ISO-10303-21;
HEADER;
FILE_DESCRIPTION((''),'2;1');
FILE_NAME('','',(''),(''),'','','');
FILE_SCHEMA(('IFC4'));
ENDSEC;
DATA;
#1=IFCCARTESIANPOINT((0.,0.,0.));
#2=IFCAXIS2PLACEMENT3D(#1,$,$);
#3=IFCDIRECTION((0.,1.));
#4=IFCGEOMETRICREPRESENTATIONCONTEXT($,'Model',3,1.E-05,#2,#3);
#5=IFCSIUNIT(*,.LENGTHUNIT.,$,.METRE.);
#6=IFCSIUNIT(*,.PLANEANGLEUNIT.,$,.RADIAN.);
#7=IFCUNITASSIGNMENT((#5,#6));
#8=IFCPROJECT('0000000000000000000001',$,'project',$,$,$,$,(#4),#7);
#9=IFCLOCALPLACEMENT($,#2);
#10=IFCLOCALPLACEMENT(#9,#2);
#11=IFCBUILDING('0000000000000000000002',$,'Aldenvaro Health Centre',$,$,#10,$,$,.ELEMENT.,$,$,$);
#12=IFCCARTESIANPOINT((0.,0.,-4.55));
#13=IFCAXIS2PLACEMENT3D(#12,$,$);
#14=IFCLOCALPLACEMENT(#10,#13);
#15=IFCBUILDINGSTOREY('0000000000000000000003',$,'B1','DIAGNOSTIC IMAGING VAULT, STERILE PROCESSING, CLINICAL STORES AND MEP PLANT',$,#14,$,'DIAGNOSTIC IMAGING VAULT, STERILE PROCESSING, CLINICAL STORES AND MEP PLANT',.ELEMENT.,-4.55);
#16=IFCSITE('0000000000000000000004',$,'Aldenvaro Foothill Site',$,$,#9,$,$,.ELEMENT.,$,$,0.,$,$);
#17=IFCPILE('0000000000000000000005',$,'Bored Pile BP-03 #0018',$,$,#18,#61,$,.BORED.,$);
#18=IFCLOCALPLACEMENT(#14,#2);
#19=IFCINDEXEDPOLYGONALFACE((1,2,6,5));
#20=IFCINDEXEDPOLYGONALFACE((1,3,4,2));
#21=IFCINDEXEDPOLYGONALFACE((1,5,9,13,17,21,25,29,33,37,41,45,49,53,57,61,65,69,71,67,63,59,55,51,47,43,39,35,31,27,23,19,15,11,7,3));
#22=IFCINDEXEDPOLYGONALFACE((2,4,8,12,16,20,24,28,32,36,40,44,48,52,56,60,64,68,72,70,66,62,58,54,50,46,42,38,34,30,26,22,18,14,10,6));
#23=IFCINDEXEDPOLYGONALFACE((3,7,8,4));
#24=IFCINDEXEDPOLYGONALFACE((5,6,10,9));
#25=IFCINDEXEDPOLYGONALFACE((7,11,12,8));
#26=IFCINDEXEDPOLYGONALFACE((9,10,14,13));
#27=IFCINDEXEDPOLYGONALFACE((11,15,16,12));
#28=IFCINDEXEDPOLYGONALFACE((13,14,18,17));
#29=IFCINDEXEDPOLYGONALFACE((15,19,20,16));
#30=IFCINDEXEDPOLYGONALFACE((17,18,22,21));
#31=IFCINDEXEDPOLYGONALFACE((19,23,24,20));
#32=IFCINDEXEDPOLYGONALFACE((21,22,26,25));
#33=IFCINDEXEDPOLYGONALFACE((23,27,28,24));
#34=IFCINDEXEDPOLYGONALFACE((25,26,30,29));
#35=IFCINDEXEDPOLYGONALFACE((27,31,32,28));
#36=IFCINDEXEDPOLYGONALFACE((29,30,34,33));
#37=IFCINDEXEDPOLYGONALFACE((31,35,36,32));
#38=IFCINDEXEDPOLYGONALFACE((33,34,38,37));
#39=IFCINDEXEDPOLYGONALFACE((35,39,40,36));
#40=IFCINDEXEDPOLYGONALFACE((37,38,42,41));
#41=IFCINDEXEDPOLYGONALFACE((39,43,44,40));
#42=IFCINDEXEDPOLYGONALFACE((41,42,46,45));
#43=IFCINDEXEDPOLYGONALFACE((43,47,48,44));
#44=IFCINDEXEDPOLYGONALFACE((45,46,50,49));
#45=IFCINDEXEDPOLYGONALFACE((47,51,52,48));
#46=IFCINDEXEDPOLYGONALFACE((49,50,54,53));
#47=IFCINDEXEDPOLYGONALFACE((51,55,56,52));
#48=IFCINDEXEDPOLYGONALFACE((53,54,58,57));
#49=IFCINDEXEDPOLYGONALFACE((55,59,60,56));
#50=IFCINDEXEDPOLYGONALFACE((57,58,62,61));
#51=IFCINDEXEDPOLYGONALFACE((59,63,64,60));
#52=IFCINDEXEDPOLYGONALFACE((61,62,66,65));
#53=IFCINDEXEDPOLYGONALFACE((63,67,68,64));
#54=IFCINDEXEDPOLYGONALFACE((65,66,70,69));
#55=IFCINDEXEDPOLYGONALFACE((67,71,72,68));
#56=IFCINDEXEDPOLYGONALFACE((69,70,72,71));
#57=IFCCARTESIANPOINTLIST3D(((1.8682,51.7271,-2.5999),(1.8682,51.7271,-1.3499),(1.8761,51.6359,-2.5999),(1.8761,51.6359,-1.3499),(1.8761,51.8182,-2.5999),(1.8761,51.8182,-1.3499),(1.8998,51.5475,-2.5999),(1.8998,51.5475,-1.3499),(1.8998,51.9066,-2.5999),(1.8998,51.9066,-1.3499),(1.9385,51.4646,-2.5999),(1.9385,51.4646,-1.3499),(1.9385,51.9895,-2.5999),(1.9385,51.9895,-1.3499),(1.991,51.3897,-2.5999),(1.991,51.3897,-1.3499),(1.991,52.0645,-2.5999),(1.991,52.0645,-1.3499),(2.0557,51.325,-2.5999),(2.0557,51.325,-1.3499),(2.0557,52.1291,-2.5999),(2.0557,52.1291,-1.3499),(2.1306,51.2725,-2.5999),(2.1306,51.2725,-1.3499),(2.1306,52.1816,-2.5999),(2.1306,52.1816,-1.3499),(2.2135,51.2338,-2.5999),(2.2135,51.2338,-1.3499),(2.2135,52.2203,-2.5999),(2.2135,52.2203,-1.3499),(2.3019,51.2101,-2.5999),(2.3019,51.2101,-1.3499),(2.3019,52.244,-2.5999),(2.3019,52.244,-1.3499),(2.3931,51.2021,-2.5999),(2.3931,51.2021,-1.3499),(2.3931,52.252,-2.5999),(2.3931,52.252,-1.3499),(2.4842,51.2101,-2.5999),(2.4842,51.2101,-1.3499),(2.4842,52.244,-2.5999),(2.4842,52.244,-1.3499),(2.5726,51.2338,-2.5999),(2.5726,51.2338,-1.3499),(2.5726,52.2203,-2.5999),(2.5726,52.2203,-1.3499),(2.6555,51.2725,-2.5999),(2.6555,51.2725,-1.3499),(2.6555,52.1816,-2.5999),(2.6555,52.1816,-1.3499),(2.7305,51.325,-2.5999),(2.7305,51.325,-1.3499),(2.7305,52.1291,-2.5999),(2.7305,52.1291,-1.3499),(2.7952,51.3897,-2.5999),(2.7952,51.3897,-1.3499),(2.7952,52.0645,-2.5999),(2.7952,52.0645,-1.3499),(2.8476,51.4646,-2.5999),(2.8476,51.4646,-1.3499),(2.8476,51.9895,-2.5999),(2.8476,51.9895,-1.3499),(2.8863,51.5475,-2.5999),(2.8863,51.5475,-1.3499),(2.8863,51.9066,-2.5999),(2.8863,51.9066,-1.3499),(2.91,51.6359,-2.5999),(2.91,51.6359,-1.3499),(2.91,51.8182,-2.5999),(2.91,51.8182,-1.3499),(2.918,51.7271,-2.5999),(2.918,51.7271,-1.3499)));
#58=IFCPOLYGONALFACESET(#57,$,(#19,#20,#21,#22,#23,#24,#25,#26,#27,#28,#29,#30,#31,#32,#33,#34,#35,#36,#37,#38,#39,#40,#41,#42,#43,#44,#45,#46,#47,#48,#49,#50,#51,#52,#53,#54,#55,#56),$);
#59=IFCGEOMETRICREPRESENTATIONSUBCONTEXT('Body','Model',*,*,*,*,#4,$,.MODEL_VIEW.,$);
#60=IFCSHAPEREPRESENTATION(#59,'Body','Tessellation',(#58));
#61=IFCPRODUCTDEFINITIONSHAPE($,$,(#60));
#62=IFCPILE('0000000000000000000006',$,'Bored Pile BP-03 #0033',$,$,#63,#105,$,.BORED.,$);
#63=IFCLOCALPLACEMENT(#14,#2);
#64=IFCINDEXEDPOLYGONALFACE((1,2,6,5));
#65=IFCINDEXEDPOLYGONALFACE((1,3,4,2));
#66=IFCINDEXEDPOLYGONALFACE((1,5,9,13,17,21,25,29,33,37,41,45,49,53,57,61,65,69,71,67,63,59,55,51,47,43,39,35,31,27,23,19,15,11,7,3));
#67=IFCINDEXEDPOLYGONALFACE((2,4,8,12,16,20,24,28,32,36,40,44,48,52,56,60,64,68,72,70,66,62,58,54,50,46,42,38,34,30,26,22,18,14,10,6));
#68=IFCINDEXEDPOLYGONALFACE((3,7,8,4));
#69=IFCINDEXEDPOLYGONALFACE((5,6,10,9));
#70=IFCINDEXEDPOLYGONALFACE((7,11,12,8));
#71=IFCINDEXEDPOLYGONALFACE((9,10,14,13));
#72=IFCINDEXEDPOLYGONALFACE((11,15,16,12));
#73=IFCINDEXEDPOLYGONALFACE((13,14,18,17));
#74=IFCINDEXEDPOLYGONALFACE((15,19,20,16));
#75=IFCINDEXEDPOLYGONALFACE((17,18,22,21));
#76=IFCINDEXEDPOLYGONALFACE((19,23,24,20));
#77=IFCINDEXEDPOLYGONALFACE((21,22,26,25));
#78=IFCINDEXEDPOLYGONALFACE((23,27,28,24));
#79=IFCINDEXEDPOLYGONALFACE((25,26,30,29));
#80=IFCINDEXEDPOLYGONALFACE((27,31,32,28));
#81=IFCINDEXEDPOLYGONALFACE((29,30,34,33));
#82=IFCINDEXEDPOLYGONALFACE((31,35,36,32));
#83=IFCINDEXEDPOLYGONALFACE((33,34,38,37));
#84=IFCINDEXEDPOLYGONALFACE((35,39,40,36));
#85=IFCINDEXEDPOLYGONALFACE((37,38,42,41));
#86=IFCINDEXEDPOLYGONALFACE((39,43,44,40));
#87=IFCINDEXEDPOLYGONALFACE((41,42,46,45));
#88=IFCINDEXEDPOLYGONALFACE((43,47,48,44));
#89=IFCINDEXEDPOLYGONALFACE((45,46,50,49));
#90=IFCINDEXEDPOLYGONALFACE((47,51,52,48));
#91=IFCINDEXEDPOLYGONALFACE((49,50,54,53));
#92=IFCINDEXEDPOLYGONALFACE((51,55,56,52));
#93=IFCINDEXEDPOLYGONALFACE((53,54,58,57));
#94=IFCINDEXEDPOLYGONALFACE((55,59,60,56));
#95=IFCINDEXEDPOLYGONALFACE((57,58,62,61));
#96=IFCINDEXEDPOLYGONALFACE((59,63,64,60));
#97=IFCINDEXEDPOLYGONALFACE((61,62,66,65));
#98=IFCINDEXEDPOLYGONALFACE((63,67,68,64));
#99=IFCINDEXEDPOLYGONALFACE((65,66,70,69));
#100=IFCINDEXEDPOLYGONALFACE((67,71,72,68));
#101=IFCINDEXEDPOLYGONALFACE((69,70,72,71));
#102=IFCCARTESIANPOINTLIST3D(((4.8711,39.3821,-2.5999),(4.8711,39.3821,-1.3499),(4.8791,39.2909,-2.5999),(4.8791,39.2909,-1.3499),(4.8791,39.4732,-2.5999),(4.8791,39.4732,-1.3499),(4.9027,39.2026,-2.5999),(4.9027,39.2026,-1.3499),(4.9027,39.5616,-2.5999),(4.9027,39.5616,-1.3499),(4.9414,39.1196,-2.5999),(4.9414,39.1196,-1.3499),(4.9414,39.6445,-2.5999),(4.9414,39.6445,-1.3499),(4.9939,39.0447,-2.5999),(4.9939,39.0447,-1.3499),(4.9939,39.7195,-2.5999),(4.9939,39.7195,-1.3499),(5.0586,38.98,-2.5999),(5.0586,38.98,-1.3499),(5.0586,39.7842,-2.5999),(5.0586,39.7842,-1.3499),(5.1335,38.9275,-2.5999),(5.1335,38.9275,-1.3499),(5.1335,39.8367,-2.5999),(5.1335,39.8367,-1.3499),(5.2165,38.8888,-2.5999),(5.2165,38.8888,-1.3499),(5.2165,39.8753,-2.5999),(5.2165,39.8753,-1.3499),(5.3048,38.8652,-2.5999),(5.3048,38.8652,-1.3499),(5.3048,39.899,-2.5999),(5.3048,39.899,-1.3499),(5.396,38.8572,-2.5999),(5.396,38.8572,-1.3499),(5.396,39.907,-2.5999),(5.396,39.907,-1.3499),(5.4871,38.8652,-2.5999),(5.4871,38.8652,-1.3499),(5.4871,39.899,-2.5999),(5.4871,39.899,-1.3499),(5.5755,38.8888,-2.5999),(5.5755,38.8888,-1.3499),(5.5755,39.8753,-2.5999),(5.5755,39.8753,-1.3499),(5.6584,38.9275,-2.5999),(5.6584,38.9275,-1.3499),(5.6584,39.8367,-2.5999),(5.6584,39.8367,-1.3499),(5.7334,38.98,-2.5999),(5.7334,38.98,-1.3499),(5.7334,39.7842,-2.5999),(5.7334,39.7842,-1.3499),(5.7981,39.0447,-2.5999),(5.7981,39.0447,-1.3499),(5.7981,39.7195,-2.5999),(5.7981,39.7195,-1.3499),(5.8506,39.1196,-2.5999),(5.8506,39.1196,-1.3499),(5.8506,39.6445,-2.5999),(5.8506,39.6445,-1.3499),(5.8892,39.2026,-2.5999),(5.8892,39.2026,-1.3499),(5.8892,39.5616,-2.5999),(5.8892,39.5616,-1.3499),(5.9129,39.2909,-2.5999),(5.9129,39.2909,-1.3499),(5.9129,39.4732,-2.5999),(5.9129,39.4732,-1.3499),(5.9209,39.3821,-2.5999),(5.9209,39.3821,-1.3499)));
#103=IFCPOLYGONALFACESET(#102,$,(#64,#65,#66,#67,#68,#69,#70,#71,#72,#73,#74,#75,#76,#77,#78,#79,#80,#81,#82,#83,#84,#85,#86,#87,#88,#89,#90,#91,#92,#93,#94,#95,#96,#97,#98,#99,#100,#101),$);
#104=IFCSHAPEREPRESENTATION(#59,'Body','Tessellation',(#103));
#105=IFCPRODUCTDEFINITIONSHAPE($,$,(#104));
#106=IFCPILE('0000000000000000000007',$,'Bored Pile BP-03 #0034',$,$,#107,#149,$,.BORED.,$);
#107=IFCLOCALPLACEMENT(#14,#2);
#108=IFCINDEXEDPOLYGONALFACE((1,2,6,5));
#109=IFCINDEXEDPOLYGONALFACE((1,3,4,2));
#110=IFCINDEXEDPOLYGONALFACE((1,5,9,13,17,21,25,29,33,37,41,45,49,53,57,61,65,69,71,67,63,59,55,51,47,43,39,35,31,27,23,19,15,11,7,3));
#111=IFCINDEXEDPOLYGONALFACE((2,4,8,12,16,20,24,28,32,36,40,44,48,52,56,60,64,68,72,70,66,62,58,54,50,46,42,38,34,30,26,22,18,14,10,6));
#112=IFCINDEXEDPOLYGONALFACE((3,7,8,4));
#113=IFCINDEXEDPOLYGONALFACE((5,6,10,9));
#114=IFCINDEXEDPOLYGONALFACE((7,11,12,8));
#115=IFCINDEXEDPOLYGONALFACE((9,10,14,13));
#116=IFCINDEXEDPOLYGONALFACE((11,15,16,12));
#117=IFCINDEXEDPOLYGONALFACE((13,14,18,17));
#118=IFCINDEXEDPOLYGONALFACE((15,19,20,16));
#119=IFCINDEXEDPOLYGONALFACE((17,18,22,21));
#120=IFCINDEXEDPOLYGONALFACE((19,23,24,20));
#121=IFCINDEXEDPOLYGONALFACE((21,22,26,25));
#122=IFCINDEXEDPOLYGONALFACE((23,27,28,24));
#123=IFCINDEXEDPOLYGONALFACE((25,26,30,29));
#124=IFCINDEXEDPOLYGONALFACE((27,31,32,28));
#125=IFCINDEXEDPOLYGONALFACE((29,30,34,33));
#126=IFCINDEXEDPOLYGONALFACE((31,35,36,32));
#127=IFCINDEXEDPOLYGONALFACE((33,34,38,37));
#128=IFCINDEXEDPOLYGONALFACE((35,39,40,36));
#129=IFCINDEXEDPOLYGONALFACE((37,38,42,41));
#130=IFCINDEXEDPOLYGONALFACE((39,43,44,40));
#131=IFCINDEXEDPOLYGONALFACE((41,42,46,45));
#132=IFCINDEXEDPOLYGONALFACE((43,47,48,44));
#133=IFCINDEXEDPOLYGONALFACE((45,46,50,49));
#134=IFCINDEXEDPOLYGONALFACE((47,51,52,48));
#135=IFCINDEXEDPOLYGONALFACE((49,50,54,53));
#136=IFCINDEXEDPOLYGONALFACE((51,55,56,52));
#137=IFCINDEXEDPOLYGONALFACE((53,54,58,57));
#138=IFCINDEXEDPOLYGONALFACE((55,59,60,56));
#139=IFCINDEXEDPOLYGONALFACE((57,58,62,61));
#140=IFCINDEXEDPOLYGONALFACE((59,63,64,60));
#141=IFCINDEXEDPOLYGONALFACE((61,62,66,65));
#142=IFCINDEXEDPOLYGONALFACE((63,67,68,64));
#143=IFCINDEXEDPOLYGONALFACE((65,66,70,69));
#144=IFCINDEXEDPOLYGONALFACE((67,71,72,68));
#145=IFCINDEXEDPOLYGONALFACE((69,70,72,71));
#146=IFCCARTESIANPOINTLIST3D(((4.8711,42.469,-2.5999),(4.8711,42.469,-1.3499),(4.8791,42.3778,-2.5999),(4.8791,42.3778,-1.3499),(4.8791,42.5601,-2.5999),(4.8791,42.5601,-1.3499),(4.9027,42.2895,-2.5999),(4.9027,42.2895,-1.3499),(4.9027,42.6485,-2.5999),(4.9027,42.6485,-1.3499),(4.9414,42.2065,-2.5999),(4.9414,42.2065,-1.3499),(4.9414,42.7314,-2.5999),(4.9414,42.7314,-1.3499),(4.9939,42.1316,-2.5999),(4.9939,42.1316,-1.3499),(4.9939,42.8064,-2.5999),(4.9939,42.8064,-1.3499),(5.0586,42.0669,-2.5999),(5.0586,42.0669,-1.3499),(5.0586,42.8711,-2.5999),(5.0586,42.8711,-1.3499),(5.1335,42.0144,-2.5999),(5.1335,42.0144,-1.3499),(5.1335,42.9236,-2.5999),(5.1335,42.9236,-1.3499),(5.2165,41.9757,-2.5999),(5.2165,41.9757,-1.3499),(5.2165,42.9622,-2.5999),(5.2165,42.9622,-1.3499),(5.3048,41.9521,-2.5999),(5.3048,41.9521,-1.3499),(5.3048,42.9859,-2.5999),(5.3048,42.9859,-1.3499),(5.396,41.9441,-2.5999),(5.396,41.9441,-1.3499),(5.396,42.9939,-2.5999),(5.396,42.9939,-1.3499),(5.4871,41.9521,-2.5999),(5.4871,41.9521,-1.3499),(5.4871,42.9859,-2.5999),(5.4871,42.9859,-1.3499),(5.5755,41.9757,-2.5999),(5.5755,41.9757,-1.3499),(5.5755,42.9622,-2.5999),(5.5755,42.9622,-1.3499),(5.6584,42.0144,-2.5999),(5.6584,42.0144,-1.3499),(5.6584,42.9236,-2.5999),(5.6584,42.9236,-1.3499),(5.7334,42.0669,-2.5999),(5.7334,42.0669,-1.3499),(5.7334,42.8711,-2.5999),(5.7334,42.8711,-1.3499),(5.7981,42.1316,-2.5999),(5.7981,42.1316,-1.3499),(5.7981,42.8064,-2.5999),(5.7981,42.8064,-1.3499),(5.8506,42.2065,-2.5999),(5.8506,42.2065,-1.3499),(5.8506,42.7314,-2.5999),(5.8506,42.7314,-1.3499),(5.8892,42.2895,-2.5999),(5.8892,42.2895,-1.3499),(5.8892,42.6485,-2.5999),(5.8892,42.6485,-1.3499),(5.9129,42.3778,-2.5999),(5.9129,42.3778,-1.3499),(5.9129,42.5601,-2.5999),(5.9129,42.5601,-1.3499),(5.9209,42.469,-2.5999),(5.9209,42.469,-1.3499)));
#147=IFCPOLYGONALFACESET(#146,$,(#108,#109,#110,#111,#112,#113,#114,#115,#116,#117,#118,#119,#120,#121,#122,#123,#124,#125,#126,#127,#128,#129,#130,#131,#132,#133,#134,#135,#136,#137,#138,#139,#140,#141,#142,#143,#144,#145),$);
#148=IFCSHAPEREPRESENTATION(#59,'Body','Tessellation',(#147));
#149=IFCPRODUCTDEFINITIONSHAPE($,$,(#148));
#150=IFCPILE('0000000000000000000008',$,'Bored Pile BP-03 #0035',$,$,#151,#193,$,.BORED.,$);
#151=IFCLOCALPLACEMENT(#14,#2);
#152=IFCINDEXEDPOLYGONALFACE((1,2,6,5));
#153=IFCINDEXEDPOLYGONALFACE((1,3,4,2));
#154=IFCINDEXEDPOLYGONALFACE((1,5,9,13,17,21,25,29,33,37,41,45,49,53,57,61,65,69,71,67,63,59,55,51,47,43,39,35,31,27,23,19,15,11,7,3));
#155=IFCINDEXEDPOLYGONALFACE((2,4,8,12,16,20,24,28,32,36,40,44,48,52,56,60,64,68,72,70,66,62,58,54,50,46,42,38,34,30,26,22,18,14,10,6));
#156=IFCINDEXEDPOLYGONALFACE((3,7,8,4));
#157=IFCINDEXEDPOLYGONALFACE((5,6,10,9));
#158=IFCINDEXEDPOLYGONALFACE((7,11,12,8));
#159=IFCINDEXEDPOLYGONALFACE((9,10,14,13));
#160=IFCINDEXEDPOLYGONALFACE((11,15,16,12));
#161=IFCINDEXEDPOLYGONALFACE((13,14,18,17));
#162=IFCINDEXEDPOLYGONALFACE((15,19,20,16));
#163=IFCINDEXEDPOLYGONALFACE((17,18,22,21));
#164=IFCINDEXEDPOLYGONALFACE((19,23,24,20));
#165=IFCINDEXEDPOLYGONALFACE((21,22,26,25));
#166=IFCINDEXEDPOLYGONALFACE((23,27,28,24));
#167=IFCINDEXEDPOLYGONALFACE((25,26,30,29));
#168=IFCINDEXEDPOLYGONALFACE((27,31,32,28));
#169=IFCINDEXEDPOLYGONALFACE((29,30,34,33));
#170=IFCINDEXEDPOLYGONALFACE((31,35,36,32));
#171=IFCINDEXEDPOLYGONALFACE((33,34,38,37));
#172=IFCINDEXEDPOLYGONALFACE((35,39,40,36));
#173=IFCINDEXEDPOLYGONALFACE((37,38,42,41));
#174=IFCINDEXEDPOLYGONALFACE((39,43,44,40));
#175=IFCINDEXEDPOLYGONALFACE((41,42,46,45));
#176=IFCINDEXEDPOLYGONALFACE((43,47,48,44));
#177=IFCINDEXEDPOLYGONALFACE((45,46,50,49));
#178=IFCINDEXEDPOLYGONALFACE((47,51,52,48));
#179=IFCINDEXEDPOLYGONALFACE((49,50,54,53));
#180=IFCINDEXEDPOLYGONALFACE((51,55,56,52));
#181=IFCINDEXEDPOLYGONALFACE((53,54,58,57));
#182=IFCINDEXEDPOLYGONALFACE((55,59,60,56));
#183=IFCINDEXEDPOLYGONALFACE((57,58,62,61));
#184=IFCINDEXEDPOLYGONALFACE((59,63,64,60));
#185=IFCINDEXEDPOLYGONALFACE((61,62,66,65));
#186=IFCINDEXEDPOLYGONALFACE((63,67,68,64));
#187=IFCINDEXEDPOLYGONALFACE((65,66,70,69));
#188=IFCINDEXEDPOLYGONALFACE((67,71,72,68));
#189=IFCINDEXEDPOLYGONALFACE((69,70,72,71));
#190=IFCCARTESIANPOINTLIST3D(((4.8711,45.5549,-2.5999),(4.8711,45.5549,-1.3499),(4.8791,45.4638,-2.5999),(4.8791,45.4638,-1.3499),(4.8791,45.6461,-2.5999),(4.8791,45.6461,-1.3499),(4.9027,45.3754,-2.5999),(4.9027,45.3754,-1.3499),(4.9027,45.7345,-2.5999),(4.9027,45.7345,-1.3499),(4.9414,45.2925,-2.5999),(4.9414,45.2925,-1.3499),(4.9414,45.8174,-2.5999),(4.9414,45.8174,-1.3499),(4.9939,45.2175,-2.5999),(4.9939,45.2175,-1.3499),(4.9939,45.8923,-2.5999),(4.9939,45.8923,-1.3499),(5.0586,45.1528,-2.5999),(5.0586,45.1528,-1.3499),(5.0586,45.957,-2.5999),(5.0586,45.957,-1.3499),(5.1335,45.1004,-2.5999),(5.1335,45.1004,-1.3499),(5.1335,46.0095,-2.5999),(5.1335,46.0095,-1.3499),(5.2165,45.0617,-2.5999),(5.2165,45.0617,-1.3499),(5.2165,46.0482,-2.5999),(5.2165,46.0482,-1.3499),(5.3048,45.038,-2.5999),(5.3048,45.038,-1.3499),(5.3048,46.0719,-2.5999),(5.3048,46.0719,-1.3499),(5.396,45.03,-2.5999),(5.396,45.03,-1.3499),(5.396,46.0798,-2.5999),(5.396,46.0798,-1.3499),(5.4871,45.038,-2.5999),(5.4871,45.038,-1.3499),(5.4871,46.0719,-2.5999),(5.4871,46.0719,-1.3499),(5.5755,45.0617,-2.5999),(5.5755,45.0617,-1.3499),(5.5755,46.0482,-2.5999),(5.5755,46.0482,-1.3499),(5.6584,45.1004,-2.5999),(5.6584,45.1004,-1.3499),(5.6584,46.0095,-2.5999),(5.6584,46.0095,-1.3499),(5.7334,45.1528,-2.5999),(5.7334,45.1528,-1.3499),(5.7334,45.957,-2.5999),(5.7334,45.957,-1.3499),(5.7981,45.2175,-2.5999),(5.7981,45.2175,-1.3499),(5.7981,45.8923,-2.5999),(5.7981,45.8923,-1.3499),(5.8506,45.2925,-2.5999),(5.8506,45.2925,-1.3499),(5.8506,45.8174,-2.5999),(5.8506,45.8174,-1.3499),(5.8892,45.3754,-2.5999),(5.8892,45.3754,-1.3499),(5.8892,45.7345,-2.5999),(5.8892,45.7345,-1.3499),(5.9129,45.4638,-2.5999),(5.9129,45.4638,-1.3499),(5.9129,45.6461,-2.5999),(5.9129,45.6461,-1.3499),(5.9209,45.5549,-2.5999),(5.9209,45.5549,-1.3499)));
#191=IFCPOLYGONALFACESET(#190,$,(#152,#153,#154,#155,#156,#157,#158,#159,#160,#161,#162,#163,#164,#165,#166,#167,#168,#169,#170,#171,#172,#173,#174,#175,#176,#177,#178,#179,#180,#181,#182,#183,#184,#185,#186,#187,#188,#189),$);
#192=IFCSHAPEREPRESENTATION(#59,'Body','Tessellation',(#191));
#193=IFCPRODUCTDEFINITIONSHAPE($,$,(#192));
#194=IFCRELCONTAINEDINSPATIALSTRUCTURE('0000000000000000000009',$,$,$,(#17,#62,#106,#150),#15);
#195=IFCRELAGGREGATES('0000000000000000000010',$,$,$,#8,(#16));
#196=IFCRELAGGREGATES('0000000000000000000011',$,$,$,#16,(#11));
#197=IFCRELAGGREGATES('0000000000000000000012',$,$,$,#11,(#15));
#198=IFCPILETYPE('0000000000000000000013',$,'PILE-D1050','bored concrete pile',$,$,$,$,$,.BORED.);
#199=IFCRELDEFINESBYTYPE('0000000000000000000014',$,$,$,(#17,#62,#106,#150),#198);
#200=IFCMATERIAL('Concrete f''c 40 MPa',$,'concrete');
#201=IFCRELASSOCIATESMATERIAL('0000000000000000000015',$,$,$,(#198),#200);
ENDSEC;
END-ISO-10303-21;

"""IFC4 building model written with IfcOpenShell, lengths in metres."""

from ifc_helpers import new_model, si_unit, direction, frame, origin, origin_2d, place, context, subcontext, project, spatial, circle, extrude, material, material_profile, profile_set, type_object, element, save


model = new_model("IFC4")

# Units and contexts
model_context = context("Model", 3, precision=1e-05, world=origin(), true_north=direction((0.0, 1.0)))
body_context = subcontext(model_context, "Body", "Model", "MODEL_VIEW")
ifc_project = project(units=[si_unit("LENGTHUNIT", "METRE"), si_unit("PLANEANGLEUNIT", "RADIAN")], contexts=[model_context])

# Site, building, storey
site_placement = place(None, origin())
site = spatial("IfcSite", under=ifc_project, at=site_placement, Name="Aldenvaro Foothill Site", CompositionType="ELEMENT", RefElevation=0.0)
building_placement = place(site_placement, origin())
building = spatial("IfcBuilding", under=site, at=building_placement, Name="Aldenvaro Health Centre", CompositionType="ELEMENT")
storey_placement = place(building_placement, frame((0.0, 0.0, -4.55)))
storey = spatial("IfcBuildingStorey", under=building, at=storey_placement, Name="B1", Description="DIAGNOSTIC IMAGING VAULT, STERILE PROCESSING, CLINICAL STORES AND MEP PLANT", LongName="DIAGNOSTIC IMAGING VAULT, STERILE PROCESSING, CLINICAL STORES AND MEP PLANT", CompositionType="ELEMENT", Elevation=-4.55)

# Piles
ifc_material_1 = material(Name="Concrete f'c 40 MPa", Category="concrete")
ifc_material_profile_1 = material_profile(ifc_material_1, circle(Radius=0.5249, at=origin_2d()), Name="PILE D1050", Category="concrete")
ifc_profile_set_1 = profile_set([ifc_material_profile_1], Name="Concrete f'c 40 MPa")
pile_type = type_object("IfcPileType", Name="PILE-D1050", Description="bored concrete pile", PredefinedType="BORED", material=ifc_profile_set_1)
for number, where, z_axis, x_axis, name in (
    (1, (2.3931, 51.7271, -1.3499), (0.0, 0.0, -1.0), (1.0, 0.0, 0.0), "Bored Pile BP-03 #0018"),
    (2, (5.396, 39.3821, -1.3499), (0.0, 0.0, -1.0), (1.0, 0.0, 0.0), "Bored Pile BP-03 #0033"),
    (3, (5.396, 42.469, -1.3499), (0.0, 0.0, -1.0), (1.0, 0.0, 0.0), "Bored Pile BP-03 #0034"),
    (4, (5.396, 45.5549, -1.3499), (0.0, 0.0, -1.0), (1.0, 0.0, 0.0), "Bored Pile BP-03 #0035"),
):
    element("IfcPile", number, at=place(storey_placement, frame(where, z_axis=z_axis, x_axis=x_axis)), inside=storey, type_object=pile_type, Name=name, PredefinedType="BORED", context=body_context, shape_type="SweptSolid", body=[
        extrude(circle(Radius=0.5249, at=origin_2d()), origin(), (0.0, 0.0, 1.0), 1.25),
    ])

save(model, "model.ifc")
